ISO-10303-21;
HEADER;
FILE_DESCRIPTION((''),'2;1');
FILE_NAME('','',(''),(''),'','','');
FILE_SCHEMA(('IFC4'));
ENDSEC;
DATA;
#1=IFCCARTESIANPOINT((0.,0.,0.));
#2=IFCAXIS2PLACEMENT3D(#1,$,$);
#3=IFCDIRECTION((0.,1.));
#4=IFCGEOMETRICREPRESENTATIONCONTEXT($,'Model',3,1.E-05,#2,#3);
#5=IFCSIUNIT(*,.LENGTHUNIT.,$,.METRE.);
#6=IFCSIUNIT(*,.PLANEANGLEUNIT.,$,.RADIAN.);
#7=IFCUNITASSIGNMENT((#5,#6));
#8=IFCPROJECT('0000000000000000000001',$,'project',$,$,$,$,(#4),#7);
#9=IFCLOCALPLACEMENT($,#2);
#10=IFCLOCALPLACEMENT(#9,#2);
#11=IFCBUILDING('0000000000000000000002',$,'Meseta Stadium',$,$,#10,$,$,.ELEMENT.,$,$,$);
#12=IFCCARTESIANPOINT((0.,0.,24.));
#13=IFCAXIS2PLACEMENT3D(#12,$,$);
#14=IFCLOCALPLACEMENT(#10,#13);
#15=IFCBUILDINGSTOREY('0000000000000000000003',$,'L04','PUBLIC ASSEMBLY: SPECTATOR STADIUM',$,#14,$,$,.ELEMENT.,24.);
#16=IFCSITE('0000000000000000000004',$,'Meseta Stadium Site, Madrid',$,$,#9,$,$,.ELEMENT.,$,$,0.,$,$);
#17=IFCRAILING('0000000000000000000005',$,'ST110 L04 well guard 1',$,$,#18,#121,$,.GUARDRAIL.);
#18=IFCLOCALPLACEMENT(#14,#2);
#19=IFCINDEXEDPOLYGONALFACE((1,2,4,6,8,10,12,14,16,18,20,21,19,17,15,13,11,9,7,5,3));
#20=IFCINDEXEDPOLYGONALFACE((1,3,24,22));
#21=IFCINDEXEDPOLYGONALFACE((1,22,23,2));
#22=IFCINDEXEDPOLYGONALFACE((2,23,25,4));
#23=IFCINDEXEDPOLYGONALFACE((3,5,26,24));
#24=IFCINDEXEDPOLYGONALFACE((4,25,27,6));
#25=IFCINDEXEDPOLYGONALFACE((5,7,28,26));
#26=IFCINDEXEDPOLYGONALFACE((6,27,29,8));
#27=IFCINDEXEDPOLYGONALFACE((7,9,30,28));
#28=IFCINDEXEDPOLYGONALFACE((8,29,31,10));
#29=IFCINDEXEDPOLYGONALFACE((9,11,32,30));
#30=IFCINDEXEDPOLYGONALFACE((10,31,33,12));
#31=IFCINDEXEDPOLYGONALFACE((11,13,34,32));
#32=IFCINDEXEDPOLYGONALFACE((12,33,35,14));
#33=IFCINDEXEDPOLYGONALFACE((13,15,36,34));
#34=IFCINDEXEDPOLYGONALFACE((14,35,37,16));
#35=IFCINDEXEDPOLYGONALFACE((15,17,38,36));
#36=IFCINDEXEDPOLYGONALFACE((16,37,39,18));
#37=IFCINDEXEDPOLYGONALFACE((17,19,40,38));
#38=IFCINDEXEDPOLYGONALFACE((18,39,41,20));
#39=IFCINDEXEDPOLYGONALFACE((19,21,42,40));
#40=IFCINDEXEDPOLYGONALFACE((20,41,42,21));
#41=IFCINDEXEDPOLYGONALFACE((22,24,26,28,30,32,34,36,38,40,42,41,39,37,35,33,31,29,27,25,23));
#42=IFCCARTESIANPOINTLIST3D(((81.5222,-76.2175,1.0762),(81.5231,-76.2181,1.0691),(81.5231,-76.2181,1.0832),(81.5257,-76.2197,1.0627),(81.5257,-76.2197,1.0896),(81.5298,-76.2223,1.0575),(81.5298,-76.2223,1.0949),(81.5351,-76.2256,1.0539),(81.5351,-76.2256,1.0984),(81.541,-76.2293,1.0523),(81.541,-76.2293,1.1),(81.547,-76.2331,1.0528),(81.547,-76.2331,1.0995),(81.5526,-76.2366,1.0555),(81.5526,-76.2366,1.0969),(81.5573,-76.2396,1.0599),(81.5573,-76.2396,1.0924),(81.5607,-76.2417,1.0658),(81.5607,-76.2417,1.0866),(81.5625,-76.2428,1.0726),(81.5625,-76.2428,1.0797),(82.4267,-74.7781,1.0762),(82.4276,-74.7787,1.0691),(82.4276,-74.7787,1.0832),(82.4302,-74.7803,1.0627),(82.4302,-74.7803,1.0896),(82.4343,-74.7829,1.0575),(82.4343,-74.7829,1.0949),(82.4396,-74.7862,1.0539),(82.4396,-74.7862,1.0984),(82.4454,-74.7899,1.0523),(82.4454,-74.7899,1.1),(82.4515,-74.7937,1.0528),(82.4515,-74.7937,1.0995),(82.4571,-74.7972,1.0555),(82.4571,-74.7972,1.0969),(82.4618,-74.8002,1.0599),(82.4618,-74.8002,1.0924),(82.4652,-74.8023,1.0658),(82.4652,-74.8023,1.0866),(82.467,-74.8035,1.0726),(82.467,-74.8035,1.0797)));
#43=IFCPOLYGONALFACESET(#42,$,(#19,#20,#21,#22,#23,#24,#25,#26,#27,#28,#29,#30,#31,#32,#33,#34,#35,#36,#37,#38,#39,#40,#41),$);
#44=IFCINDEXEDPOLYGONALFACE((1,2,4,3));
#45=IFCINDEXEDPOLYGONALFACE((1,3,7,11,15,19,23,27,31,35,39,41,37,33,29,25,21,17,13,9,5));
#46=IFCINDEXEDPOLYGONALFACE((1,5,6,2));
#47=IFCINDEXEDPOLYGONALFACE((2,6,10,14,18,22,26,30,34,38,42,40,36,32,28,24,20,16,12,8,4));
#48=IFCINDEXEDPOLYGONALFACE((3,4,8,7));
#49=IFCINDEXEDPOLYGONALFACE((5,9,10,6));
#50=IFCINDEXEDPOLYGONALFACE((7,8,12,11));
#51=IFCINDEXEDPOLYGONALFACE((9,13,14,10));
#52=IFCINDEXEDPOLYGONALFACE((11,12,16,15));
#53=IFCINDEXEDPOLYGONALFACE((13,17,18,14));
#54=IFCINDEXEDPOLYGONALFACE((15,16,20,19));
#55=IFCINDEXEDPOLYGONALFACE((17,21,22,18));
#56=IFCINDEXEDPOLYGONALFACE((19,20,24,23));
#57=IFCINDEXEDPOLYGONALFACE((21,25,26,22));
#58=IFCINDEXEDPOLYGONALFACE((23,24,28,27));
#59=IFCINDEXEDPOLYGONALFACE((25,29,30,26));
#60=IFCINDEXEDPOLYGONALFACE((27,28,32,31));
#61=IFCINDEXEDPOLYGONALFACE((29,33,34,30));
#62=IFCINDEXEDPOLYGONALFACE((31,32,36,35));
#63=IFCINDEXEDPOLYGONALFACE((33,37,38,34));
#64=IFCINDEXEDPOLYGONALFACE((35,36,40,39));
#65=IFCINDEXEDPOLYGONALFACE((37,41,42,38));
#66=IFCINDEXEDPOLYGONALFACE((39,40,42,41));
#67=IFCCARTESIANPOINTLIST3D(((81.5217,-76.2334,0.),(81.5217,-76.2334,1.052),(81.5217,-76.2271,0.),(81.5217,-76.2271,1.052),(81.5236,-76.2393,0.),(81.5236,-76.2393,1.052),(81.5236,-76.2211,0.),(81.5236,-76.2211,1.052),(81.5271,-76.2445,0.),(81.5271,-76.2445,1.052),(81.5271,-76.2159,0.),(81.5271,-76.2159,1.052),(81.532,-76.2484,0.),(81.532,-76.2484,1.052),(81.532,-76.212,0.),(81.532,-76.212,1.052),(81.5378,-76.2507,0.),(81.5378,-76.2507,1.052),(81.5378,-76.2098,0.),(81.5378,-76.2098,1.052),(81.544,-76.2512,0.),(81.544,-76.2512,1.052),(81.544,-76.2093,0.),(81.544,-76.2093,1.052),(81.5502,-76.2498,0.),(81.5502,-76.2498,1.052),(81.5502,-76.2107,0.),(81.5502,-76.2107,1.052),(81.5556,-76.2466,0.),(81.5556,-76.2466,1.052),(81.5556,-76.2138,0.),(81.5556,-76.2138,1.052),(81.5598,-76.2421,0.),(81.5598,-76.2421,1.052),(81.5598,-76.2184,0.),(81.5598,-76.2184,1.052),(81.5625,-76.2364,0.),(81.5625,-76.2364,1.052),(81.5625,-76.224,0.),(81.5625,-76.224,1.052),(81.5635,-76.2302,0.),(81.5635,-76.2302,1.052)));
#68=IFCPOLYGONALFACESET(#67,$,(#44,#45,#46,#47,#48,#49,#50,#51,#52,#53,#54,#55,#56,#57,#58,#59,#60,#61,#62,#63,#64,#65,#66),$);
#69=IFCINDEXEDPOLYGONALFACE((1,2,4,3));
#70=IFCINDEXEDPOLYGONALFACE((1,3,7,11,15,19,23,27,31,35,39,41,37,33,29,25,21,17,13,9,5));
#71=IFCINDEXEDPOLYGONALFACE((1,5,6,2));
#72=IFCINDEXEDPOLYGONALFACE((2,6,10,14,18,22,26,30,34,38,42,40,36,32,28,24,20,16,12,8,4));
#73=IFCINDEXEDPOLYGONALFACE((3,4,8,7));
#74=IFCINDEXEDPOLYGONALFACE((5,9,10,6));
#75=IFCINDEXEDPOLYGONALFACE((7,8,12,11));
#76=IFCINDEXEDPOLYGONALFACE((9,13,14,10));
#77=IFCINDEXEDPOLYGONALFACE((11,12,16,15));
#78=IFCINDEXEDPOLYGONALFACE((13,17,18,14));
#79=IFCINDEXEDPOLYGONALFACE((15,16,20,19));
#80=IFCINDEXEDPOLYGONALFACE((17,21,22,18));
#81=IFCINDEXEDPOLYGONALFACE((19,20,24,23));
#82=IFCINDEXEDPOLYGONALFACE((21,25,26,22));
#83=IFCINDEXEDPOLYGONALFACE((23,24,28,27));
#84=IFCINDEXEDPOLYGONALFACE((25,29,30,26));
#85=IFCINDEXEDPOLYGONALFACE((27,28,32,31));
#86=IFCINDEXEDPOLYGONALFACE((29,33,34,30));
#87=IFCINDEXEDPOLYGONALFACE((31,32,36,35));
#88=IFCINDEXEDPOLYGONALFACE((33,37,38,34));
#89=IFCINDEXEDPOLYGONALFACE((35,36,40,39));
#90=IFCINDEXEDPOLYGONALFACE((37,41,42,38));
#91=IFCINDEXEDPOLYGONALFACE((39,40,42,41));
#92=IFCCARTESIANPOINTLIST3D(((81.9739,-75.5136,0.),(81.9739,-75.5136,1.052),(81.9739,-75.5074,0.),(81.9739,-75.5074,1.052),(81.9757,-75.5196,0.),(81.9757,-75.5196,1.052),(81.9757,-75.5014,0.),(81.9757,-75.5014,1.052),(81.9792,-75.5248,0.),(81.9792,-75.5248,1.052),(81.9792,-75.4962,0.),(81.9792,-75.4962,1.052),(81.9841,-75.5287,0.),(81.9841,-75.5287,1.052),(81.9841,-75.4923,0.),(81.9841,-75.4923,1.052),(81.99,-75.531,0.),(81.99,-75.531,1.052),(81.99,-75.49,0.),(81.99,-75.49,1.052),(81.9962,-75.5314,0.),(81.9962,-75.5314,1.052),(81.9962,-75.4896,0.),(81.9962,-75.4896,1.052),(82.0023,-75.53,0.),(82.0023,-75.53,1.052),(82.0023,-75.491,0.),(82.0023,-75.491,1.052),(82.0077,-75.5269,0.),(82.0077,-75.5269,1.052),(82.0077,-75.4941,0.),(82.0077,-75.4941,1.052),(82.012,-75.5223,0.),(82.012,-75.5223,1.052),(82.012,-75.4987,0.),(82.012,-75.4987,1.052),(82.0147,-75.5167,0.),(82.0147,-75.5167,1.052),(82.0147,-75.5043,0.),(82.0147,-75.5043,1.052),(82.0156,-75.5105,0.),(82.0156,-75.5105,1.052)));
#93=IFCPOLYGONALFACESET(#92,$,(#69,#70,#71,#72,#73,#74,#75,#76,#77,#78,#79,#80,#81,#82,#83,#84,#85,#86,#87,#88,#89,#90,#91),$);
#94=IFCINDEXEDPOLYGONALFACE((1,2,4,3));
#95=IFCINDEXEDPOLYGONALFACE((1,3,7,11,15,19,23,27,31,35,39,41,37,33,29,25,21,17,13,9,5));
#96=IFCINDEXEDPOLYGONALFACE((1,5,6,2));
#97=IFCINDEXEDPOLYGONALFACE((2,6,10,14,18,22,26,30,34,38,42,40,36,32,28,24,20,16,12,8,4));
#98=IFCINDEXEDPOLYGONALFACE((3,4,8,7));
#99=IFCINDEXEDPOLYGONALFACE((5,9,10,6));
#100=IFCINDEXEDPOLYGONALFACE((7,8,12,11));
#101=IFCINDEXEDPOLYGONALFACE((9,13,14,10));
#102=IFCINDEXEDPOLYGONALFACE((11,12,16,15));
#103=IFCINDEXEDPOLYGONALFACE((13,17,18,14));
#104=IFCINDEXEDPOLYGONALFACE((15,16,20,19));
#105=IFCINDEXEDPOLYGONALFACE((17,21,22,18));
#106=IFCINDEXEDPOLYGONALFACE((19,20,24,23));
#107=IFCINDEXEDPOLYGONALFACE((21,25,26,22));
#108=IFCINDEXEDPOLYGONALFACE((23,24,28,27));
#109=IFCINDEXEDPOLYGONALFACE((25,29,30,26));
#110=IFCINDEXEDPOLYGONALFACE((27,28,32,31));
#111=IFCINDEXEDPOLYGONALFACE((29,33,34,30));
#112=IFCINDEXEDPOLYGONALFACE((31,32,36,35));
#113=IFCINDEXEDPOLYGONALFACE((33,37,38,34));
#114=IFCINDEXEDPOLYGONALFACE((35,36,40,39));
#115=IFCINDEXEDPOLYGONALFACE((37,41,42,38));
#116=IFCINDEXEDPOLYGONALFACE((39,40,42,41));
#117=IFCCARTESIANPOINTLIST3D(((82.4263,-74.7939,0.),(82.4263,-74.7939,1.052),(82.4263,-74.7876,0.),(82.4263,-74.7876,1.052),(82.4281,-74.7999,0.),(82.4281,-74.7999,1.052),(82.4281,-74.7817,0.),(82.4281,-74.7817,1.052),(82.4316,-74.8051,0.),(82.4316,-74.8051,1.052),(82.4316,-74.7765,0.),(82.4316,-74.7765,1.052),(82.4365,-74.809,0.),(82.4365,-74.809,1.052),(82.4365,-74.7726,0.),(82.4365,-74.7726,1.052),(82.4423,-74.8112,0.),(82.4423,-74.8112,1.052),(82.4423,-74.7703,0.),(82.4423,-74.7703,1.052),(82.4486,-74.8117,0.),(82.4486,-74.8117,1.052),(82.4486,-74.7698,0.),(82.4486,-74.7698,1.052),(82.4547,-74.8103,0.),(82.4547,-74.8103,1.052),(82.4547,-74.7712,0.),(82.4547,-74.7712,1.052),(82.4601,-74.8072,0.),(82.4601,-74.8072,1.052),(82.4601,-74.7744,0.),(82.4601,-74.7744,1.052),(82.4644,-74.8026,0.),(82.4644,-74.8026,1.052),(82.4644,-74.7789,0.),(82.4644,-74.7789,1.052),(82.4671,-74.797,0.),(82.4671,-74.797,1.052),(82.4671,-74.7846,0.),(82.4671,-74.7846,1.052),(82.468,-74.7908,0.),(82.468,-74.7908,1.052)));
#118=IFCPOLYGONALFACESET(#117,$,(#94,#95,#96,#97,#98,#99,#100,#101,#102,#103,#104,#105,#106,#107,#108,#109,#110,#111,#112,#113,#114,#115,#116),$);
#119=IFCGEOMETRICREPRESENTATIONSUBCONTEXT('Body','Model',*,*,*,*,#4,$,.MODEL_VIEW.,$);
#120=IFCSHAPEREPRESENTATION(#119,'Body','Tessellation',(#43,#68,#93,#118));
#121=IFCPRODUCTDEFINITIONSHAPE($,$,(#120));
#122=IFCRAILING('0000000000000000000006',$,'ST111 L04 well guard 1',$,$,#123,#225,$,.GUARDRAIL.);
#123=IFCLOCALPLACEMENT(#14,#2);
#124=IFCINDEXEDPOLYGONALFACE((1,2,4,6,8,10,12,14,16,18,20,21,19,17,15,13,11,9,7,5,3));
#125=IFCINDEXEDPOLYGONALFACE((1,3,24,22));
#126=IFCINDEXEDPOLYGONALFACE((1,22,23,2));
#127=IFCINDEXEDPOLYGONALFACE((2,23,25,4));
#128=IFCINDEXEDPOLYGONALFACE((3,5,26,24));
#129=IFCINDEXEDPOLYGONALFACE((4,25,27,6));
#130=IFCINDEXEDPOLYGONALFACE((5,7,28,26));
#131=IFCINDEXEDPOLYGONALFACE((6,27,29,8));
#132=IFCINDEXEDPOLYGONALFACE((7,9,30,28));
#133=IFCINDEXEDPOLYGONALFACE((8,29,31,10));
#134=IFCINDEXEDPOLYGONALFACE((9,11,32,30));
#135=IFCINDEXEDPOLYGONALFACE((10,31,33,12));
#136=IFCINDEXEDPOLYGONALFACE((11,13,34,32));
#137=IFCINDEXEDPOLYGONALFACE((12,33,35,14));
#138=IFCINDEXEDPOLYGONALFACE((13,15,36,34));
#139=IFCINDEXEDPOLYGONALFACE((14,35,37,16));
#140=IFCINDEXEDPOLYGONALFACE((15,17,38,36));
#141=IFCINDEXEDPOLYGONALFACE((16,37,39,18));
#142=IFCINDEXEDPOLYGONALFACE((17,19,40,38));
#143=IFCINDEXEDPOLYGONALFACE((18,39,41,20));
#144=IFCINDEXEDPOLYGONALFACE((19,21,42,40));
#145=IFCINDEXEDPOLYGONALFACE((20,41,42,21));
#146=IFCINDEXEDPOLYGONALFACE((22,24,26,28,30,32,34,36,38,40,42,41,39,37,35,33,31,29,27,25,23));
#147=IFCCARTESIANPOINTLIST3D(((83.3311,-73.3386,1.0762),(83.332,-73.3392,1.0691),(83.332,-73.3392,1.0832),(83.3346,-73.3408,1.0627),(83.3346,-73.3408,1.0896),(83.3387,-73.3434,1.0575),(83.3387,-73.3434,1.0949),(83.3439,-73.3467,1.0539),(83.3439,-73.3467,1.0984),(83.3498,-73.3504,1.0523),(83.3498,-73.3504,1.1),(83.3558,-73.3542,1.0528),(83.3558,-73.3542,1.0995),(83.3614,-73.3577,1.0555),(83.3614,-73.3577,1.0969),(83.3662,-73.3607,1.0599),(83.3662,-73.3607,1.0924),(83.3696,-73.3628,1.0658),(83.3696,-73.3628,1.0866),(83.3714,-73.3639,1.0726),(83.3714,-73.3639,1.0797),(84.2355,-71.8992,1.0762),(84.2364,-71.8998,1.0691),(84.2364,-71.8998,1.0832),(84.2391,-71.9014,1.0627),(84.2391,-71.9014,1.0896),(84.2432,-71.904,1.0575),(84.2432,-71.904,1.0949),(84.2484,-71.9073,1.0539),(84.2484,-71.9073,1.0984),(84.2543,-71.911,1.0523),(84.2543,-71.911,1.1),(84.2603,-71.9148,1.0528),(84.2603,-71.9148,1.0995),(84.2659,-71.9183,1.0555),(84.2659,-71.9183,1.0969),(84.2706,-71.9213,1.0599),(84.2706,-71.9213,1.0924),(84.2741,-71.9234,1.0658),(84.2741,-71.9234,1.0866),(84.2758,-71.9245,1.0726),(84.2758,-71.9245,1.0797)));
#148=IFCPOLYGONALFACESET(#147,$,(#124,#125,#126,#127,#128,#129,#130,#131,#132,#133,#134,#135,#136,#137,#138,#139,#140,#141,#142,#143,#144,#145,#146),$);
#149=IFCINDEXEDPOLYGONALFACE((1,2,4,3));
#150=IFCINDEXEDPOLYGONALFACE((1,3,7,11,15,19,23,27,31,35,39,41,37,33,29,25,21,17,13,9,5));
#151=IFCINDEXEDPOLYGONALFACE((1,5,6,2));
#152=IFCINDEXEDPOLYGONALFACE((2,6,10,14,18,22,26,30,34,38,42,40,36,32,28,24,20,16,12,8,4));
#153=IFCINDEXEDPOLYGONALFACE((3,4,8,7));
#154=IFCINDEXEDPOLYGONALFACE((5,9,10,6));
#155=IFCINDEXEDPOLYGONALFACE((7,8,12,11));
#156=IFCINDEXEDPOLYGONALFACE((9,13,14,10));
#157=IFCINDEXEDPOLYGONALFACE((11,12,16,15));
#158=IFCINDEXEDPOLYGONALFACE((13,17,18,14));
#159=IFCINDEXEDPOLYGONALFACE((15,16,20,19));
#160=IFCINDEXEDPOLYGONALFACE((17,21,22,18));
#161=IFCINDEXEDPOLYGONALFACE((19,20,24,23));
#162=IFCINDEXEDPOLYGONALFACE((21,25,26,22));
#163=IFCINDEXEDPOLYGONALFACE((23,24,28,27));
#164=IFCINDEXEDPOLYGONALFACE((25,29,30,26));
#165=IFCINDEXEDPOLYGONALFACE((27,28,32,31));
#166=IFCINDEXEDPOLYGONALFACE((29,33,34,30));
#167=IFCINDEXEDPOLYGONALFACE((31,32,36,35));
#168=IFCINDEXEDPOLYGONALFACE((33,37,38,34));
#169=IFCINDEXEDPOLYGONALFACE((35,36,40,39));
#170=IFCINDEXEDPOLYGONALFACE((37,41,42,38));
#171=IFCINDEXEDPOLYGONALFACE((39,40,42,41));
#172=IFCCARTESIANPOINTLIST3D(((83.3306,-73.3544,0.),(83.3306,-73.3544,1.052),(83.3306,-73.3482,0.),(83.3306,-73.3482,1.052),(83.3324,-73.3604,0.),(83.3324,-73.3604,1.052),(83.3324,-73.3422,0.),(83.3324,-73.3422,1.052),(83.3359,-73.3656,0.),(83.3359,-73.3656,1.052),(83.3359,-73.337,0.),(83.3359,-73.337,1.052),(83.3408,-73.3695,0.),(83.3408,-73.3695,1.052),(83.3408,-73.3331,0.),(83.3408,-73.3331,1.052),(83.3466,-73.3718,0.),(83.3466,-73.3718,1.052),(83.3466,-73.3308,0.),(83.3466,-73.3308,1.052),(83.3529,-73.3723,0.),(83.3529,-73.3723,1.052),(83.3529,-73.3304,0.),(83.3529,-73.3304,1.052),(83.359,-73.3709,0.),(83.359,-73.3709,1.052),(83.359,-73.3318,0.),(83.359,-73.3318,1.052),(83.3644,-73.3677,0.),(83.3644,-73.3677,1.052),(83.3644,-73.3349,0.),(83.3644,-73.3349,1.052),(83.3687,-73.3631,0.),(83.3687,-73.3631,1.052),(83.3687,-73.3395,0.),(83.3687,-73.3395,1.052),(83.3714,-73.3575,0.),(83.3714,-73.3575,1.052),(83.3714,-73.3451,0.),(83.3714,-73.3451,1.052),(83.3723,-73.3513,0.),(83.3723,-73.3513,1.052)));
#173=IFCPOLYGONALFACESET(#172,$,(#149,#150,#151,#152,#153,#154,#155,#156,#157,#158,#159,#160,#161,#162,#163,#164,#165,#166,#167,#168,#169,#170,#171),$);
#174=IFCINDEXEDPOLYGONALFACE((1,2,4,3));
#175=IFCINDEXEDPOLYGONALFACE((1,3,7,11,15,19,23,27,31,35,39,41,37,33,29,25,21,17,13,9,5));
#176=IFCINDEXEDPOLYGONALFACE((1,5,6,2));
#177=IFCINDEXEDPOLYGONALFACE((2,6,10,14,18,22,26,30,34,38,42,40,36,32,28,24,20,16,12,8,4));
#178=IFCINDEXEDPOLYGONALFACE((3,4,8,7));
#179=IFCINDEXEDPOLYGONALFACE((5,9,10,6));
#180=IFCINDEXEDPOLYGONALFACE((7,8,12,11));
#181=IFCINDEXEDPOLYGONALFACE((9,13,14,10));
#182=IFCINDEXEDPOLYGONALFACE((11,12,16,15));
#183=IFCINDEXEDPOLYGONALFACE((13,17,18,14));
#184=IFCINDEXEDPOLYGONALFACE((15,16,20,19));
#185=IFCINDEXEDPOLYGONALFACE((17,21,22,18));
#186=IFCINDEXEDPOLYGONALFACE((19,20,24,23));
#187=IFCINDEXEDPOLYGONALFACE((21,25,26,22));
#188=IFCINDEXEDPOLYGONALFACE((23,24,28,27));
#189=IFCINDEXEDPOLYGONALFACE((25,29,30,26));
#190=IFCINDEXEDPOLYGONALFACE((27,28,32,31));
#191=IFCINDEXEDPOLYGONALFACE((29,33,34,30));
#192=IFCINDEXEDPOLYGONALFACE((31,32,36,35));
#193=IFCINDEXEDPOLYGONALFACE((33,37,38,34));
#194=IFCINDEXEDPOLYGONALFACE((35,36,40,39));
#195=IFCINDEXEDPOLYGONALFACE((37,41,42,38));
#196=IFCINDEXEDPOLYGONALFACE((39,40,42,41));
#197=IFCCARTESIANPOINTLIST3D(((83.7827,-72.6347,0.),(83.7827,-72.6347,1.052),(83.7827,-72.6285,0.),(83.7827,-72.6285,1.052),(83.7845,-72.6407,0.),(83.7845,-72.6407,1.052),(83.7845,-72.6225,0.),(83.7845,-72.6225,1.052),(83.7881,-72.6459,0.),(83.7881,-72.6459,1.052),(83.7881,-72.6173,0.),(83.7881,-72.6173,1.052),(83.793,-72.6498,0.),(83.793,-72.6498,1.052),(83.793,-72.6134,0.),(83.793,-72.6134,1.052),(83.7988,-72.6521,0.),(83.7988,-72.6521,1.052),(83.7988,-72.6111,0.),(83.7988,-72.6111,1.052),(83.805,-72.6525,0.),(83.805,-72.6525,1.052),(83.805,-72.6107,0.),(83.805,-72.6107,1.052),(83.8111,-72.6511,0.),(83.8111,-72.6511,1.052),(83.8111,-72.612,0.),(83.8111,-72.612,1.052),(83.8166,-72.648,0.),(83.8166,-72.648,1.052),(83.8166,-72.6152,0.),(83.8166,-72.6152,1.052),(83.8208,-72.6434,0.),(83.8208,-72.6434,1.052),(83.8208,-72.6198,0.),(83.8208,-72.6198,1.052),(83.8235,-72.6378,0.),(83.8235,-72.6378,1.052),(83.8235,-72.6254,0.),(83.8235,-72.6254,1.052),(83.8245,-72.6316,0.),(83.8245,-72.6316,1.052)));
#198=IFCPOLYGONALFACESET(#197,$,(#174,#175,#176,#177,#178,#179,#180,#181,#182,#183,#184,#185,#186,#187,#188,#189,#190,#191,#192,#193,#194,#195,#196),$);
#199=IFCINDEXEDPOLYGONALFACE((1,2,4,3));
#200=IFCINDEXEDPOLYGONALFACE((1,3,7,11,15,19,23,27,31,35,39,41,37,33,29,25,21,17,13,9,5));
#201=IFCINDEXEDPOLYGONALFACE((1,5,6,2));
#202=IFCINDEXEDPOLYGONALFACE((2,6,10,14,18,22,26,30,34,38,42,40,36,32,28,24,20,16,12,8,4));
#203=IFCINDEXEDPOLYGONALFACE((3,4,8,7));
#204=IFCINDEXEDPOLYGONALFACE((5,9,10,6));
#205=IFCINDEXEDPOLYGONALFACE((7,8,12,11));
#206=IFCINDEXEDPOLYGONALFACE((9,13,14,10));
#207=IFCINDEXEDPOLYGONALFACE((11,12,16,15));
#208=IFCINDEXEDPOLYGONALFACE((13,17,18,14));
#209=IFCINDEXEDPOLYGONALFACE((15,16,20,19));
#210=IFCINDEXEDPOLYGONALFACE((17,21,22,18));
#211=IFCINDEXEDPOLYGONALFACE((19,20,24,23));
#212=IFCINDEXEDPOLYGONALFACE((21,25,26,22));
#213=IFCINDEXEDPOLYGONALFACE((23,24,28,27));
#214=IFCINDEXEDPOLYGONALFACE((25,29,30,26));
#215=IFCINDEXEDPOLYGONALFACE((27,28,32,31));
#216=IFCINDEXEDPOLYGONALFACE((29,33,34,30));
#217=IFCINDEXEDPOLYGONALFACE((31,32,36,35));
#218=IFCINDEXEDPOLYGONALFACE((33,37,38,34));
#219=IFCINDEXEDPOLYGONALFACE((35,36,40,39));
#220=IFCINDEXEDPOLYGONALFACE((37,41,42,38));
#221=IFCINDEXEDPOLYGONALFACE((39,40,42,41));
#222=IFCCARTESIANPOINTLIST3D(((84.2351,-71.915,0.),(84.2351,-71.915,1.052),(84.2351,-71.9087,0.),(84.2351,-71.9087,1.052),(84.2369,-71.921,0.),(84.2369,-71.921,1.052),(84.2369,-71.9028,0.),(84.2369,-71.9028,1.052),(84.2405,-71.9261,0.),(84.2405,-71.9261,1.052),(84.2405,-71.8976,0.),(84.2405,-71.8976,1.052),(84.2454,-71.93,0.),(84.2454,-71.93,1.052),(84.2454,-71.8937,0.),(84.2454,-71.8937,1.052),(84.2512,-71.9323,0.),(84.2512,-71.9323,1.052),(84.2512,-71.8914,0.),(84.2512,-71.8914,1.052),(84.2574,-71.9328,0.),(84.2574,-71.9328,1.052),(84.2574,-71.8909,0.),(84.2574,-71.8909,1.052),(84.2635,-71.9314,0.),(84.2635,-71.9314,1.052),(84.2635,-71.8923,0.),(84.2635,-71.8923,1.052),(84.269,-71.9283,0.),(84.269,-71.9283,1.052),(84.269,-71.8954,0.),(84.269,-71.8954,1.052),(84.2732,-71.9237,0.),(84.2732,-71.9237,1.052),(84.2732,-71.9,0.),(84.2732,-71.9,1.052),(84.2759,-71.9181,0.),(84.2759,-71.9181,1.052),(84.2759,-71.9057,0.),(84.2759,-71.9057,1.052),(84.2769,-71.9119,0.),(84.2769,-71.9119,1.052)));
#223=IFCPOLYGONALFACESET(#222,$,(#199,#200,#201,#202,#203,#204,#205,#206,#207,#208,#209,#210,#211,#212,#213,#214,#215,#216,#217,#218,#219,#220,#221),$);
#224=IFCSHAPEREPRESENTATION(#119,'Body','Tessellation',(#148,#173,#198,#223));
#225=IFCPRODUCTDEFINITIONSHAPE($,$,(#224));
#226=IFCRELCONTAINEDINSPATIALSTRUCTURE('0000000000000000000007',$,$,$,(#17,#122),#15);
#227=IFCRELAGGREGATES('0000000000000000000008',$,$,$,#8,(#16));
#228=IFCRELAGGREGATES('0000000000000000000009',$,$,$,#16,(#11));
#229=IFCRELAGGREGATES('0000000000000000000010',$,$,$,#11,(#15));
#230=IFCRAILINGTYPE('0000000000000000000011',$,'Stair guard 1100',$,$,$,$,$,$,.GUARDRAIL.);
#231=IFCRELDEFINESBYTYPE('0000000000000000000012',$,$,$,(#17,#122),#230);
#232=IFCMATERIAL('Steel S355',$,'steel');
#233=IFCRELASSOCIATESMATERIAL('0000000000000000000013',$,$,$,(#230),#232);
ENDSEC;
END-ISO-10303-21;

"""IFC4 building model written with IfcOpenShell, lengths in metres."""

from ifc_helpers import new_model, si_unit, direction, frame, origin, origin_2d, place, context, subcontext, project, spatial, circle, extrude, material, type_object, element, save


model = new_model("IFC4")

# Units and contexts
model_context = context("Model", 3, precision=1e-05, world=origin(), true_north=direction((0.0, 1.0)))
body_context = subcontext(model_context, "Body", "Model", "MODEL_VIEW")
ifc_project = project(units=[si_unit("LENGTHUNIT", "METRE"), si_unit("PLANEANGLEUNIT", "RADIAN")], contexts=[model_context])

# Site, building, storey
site_placement = place(None, origin())
site = spatial("IfcSite", under=ifc_project, at=site_placement, Name="Meseta Stadium Site, Madrid", CompositionType="ELEMENT", RefElevation=0.0)
building_placement = place(site_placement, origin())
building = spatial("IfcBuilding", under=site, at=building_placement, Name="Meseta Stadium", CompositionType="ELEMENT")
storey_placement = place(building_placement, frame((0.0, 0.0, 24.0)))
storey = spatial("IfcBuildingStorey", under=building, at=storey_placement, Name="L04", Description="PUBLIC ASSEMBLY: SPECTATOR STADIUM", CompositionType="ELEMENT", Elevation=24.0)

# Railings
ifc_material_1 = material(Name="Steel S355", Category="steel")
railing_type_1 = type_object("IfcRailingType", Name="Stair guard 1100", PredefinedType="GUARDRAIL", material=ifc_material_1)
for number, where, name in (
    (1, (81.5425, -76.2302, 0.0), "ST110 L04 well guard 1"),
    (2, (83.3513, -73.3513, 0.0), "ST111 L04 well guard 1"),
):
    element("IfcRailing", number, at=place(storey_placement, frame(where)), inside=storey, type_object=railing_type_1, Name=name, PredefinedType="GUARDRAIL", context=body_context, shape_type="SweptSolid", body=[
        extrude(circle(Radius=0.0239, at=origin_2d()), frame((0.0, 0.0, 1.0762), z_axis=(0.532063, 0.846705, 0.0), x_axis=(-0.846705, 0.532063, 0.0)), (0.0, 0.0, 1.0), 1.7),
        extrude(circle(Radius=0.021, at=origin_2d()), origin(), (0.0, 0.0, 1.0), 1.052),
        extrude(circle(Radius=0.021, at=origin_2d()), frame((0.4521, 0.7197, 0.0)), (0.0, 0.0, 1.0), 1.052),
        extrude(circle(Radius=0.021, at=origin_2d()), frame((0.9045, 1.4395, 0.0)), (0.0, 0.0, 1.0), 1.052),
    ])

save(model, "model.ifc")
